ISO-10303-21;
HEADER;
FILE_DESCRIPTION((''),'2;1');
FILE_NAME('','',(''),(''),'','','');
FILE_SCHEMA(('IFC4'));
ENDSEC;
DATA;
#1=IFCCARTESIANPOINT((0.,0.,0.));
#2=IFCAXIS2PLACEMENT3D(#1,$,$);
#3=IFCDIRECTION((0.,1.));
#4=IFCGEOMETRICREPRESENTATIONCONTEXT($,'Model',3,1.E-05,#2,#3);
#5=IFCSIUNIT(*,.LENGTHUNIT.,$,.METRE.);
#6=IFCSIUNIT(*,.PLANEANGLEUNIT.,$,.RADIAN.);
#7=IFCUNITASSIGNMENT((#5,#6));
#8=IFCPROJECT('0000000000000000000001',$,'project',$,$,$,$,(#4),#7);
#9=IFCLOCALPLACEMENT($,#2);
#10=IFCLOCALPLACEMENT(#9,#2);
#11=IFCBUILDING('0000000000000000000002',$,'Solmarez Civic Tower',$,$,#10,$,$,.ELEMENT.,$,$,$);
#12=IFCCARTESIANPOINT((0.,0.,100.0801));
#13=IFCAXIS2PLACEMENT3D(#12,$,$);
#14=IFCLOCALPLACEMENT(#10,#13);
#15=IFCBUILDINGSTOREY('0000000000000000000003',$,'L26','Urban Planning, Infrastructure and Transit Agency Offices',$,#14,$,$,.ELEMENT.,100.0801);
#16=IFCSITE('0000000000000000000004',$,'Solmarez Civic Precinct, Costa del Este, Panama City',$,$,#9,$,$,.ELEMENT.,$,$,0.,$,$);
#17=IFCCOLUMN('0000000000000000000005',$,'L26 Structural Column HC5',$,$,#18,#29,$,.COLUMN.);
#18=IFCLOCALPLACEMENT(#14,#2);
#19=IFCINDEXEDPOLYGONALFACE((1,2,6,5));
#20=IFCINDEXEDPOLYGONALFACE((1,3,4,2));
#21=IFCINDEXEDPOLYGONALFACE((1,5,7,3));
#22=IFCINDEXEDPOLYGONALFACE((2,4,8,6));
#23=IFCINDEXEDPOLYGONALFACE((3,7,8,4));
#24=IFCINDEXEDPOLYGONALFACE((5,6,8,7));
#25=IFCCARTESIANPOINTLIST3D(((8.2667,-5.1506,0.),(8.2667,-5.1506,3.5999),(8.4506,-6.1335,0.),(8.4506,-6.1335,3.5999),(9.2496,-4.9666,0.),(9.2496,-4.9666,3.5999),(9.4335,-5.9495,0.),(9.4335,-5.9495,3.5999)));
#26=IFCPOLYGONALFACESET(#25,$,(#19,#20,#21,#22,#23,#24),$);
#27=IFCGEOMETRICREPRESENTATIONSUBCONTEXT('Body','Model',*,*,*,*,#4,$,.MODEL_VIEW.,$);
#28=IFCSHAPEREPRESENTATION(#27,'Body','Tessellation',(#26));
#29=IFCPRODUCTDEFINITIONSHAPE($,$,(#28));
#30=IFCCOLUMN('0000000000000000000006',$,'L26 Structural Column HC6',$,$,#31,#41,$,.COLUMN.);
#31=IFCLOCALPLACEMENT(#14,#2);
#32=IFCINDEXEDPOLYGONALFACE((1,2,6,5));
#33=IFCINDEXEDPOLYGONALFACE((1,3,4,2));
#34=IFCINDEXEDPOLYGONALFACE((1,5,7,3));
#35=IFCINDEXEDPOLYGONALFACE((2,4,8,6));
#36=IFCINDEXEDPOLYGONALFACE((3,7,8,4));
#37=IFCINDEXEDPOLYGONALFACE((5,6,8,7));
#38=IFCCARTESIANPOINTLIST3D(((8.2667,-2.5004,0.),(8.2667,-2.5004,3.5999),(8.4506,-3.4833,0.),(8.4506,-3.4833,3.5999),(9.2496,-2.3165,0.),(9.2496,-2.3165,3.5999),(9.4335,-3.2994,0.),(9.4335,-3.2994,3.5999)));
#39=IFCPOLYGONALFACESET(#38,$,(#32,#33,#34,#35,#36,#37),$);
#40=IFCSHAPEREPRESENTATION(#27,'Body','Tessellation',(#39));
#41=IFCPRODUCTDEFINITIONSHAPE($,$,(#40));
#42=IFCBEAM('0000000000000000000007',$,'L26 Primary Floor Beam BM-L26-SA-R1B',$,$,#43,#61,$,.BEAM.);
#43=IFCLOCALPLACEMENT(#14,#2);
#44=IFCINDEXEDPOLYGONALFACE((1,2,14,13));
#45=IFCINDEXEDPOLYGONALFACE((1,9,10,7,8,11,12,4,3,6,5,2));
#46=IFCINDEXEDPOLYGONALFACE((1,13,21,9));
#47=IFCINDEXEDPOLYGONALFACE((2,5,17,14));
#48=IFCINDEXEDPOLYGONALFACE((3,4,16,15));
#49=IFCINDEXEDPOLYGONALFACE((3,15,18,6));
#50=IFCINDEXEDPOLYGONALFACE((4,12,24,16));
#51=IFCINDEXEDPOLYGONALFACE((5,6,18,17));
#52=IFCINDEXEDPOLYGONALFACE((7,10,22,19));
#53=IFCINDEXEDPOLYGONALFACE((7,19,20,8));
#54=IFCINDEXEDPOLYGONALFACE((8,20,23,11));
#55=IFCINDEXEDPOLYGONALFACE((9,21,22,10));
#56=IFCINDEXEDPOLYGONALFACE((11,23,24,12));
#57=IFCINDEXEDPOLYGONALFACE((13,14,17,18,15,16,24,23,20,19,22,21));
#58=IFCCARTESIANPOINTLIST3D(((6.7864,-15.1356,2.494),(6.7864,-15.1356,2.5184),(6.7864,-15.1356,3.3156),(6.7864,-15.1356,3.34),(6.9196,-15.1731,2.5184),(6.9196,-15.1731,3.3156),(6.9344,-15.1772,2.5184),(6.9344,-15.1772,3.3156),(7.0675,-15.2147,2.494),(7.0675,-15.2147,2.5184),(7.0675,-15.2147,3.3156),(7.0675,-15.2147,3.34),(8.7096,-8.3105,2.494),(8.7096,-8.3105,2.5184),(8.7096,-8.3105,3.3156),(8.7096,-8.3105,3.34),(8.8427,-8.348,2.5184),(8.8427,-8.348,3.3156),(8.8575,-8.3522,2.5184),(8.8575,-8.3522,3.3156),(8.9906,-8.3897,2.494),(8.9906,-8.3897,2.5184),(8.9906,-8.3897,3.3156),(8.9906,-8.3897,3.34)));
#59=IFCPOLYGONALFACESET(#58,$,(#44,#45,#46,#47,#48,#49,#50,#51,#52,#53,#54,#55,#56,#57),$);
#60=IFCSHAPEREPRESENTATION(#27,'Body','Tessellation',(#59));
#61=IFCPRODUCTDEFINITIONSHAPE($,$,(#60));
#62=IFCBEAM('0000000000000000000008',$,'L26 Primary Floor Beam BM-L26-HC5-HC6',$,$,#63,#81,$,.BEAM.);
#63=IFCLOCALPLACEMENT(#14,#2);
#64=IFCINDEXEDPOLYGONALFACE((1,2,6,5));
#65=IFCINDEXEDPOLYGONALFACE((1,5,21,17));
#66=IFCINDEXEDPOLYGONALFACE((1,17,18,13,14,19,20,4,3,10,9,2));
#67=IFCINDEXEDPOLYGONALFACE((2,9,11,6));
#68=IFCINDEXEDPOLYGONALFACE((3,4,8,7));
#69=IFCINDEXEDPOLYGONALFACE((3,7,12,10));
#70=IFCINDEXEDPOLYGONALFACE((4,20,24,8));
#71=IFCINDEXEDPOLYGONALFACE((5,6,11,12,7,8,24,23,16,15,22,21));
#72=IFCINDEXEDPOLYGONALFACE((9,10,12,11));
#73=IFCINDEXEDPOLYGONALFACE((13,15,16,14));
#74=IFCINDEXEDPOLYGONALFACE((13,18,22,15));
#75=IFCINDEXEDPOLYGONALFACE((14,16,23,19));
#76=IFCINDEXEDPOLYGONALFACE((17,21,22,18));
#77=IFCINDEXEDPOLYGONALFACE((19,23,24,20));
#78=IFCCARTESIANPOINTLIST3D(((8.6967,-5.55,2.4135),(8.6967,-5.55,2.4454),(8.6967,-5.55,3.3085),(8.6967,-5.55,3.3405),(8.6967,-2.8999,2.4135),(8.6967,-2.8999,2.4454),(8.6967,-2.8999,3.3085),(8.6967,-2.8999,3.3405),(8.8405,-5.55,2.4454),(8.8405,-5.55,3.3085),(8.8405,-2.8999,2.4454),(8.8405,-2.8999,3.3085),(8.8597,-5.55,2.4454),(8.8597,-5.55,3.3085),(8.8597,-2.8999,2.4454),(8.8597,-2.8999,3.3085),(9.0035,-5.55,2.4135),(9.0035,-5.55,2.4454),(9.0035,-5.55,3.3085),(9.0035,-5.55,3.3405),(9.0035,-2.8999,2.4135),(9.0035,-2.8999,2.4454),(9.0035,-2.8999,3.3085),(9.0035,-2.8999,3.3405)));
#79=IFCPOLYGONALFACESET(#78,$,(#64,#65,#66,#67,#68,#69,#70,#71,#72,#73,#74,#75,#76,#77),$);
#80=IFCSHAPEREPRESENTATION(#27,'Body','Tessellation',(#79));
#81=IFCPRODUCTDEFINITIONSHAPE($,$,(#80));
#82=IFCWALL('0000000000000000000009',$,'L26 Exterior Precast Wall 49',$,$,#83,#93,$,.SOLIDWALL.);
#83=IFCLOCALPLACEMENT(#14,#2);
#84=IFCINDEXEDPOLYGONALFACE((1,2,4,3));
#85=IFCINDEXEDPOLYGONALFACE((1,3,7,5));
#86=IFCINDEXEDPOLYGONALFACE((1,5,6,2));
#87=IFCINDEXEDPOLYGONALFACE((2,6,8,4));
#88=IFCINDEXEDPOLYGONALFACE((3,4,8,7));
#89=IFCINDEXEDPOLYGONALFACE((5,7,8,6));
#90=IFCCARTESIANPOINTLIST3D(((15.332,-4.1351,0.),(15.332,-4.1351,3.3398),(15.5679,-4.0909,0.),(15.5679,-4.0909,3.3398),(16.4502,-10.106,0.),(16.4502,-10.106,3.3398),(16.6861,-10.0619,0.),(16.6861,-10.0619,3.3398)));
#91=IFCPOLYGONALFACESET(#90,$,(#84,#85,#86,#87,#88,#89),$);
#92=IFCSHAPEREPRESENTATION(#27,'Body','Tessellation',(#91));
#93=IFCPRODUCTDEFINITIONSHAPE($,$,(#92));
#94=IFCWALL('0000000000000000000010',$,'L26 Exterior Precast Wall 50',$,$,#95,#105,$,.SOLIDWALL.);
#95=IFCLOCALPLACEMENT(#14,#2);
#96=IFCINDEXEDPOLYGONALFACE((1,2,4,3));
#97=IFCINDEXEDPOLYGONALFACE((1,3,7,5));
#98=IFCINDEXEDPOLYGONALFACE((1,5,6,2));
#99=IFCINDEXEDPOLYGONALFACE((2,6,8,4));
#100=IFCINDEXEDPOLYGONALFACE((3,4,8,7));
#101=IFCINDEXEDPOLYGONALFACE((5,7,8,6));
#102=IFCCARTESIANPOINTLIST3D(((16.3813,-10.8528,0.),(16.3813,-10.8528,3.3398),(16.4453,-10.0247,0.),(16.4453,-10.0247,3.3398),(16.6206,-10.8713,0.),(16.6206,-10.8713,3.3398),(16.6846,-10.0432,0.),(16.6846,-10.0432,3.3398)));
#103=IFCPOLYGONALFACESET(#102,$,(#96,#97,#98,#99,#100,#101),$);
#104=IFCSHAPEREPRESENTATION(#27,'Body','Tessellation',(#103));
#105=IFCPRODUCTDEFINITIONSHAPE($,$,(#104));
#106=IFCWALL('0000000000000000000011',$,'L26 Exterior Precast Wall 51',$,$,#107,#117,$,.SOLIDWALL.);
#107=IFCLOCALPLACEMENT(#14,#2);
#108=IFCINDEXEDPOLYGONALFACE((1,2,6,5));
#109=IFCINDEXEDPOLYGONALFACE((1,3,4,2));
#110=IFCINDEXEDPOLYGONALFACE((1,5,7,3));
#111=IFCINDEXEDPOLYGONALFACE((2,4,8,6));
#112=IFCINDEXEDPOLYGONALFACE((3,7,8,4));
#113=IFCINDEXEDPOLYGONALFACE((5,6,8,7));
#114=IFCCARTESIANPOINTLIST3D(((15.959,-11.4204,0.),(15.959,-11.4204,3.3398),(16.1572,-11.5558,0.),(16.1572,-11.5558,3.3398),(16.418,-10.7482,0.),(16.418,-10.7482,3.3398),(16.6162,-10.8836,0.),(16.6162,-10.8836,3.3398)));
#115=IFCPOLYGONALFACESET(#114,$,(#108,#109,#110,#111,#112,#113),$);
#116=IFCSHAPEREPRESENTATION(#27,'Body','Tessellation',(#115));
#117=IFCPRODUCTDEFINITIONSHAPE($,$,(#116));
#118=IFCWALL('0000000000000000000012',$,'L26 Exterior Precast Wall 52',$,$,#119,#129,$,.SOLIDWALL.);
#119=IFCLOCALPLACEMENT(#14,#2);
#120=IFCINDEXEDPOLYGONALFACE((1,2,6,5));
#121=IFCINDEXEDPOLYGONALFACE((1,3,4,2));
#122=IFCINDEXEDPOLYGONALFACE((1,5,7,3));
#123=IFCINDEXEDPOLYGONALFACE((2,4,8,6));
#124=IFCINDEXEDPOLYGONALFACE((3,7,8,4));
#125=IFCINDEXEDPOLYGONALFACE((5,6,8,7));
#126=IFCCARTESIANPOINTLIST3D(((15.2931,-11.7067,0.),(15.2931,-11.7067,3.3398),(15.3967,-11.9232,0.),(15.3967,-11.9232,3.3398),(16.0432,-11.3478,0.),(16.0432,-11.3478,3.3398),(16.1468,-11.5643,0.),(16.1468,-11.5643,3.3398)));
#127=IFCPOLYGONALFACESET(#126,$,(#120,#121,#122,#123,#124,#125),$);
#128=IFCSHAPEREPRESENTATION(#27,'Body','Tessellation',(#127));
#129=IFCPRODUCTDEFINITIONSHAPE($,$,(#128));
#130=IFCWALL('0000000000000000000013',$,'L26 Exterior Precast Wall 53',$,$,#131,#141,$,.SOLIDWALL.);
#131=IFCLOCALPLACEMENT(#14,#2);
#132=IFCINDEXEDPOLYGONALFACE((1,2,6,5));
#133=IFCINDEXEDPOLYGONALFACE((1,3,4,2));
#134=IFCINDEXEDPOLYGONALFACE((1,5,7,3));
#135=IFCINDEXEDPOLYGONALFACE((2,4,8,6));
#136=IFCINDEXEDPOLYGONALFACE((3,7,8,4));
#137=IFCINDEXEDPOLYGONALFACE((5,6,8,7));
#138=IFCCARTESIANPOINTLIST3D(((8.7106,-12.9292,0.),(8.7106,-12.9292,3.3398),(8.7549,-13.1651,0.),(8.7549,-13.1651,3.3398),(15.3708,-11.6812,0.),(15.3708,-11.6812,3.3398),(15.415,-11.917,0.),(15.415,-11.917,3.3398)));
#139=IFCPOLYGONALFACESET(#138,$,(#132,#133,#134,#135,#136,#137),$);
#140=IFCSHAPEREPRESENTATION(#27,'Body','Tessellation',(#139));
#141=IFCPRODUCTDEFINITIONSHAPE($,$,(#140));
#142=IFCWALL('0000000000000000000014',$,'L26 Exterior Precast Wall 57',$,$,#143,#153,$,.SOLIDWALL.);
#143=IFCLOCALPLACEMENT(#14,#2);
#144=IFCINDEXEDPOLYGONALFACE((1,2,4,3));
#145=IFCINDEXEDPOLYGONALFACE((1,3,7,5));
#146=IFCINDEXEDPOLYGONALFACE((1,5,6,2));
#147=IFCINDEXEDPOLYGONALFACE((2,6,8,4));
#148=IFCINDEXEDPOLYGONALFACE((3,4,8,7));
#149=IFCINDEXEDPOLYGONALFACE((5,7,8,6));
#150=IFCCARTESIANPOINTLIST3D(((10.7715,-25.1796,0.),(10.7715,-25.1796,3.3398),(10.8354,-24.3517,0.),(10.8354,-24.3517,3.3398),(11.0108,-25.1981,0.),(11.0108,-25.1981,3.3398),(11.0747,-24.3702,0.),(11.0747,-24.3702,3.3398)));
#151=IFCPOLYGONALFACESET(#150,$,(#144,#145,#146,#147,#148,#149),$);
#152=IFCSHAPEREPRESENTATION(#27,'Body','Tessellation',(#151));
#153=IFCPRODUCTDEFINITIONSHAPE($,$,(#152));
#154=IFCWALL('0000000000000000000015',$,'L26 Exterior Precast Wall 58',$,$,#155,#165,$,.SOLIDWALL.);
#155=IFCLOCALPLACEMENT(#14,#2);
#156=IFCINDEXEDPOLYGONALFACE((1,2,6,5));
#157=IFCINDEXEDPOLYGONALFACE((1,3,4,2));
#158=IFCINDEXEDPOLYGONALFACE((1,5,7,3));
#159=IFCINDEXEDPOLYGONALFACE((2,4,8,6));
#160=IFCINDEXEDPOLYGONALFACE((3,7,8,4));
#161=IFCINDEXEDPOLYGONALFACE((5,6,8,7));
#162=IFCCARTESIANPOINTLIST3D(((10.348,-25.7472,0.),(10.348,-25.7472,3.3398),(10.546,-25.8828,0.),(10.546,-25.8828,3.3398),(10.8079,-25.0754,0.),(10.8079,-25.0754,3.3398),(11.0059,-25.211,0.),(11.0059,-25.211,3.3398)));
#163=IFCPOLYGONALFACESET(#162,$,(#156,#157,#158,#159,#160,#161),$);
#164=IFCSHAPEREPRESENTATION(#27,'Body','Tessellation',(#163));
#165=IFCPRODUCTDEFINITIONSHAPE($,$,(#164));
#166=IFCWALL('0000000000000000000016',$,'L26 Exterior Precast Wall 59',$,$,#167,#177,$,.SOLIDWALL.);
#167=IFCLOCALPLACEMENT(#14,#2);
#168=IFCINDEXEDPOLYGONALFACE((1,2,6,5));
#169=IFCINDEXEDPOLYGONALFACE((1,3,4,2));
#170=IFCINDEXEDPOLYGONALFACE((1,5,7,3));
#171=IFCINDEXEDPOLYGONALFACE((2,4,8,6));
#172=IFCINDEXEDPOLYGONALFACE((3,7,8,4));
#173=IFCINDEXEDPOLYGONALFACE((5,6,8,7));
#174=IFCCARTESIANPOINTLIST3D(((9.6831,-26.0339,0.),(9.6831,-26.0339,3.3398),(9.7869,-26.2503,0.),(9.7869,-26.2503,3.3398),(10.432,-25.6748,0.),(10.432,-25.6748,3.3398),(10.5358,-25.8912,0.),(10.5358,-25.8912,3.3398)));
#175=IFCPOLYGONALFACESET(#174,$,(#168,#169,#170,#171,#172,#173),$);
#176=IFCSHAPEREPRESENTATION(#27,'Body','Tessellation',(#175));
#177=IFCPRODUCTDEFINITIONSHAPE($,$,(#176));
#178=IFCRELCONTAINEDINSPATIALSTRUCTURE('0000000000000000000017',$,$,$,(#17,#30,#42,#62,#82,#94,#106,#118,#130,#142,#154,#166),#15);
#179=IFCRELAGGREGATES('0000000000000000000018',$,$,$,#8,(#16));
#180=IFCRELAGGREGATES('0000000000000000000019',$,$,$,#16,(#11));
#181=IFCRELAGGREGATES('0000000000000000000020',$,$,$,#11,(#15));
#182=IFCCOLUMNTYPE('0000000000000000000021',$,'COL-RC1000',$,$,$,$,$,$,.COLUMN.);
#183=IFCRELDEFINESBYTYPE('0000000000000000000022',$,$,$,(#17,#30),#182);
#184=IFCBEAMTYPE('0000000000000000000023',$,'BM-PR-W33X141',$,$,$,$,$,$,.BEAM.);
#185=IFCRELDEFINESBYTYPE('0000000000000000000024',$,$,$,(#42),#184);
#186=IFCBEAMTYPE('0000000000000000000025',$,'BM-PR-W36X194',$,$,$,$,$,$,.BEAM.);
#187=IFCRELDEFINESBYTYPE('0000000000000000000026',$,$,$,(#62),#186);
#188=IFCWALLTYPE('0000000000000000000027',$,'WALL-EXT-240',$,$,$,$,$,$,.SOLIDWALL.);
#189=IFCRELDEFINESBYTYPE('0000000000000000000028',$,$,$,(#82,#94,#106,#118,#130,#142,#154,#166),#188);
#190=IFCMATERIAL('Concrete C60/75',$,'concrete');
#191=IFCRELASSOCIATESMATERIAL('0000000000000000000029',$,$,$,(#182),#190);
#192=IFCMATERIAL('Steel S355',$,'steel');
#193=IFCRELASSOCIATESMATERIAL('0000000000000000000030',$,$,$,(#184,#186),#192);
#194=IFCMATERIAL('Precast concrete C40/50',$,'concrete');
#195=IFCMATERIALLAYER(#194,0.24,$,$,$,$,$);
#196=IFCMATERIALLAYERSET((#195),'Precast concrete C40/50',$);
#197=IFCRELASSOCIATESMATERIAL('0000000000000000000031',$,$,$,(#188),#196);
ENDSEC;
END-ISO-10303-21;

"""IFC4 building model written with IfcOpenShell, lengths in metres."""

from ifc_helpers import new_model, si_unit, direction, frame, frame_2d, origin, origin_2d, place, context, subcontext, project, spatial, rectangle, i_section, extrude, material, layer, layer_set, material_profile, profile_set, type_object, element, save


model = new_model("IFC4")

# Units and contexts
model_context = context("Model", 3, precision=1e-05, world=origin(), true_north=direction((0.0, 1.0)))
body_context = subcontext(model_context, "Body", "Model", "MODEL_VIEW")
ifc_project = project(units=[si_unit("LENGTHUNIT", "METRE"), si_unit("PLANEANGLEUNIT", "RADIAN")], contexts=[model_context])

# Site, building, storey
site_placement = place(None, origin())
site = spatial("IfcSite", under=ifc_project, at=site_placement, Name="Solmarez Civic Precinct, Costa del Este, Panama City", CompositionType="ELEMENT", RefElevation=0.0)
building_placement = place(site_placement, origin())
building = spatial("IfcBuilding", under=site, at=building_placement, Name="Solmarez Civic Tower", CompositionType="ELEMENT")
storey_placement = place(building_placement, frame((0.0, 0.0, 100.0801)))
storey = spatial("IfcBuildingStorey", under=building, at=storey_placement, Name="L26", Description="Urban Planning, Infrastructure and Transit Agency Offices", CompositionType="ELEMENT", Elevation=100.0801)

# Columns
ifc_material_1 = material(Name="Concrete C60/75", Category="concrete")
ifc_material_profile_1 = material_profile(ifc_material_1, rectangle(XDim=1.0, YDim=1.0, at=origin_2d()), Name="RC1000X1000")
ifc_profile_set_1 = profile_set([ifc_material_profile_1], Name="Concrete C60/75")
column_type = type_object("IfcColumnType", Name="COL-RC1000", PredefinedType="COLUMN", material=ifc_profile_set_1)
for number, where, z_axis, x_axis, name in (
    (1, (8.8501, -5.55, 0.0), (0.0, 0.0, 1.0), (0.982935, 0.183951, 0.0), "L26 Structural Column HC5"),
    (2, (8.8501, -2.8999, 0.0), (0.0, 0.0, 1.0), (0.982935, 0.183951, 0.0), "L26 Structural Column HC6"),
):
    element("IfcColumn", number, at=place(storey_placement, frame(where, z_axis=z_axis, x_axis=x_axis)), inside=storey, type_object=column_type, Name=name, PredefinedType="COLUMN", context=body_context, shape_type="SweptSolid", body=[
        extrude(rectangle(XDim=1.0, YDim=1.0, at=origin_2d()), origin(), (0.0, 0.0, 1.0), 3.5999),
    ])

# Beams
ifc_material_2 = material(Name="Steel S355", Category="steel")
ifc_material_profile_2 = material_profile(ifc_material_2, i_section(OverallWidth=0.292, OverallDepth=0.8459, WebThickness=0.0154, FlangeThickness=0.0244, at=origin_2d()), Name="W33X141")
ifc_profile_set_2 = profile_set([ifc_material_profile_2], Name="Steel S355")
beam_type_1 = type_object("IfcBeamType", Name="BM-PR-W33X141", PredefinedType="BEAM", material=ifc_profile_set_2)
beam_1_placement = place(storey_placement, frame((8.8501, -8.3501, 2.917), z_axis=(-0.271213, -0.962519, 0.0), x_axis=(0.962519, -0.271213, 0.0)))
element("IfcBeam", 3, at=beam_1_placement, inside=storey, type_object=beam_type_1, Name="L26 Primary Floor Beam BM-L26-SA-R1B", PredefinedType="BEAM", context=body_context, shape_type="SweptSolid", body=[
    extrude(i_section(OverallWidth=0.292, OverallDepth=0.8459, WebThickness=0.0154, FlangeThickness=0.0244, at=origin_2d()), origin(), (0.0, 0.0, 1.0), 7.0908),
])
ifc_material_profile_3 = material_profile(ifc_material_2, i_section(OverallWidth=0.3069, OverallDepth=0.927, WebThickness=0.0193, FlangeThickness=0.032, at=origin_2d()), Name="W36X194")
ifc_profile_set_3 = profile_set([ifc_material_profile_3], Name="Steel S355")
beam_type_2 = type_object("IfcBeamType", Name="BM-PR-W36X194", PredefinedType="BEAM", material=ifc_profile_set_3)
beam_2_placement = place(storey_placement, frame((8.8501, -5.55, 2.877), z_axis=(0.0, 1.0, 0.0), x_axis=(-1.0, 0.0, 0.0)))
element("IfcBeam", 4, at=beam_2_placement, inside=storey, type_object=beam_type_2, Name="L26 Primary Floor Beam BM-L26-HC5-HC6", PredefinedType="BEAM", context=body_context, shape_type="SweptSolid", body=[
    extrude(i_section(OverallWidth=0.3069, OverallDepth=0.927, WebThickness=0.0193, FlangeThickness=0.032, at=origin_2d()), origin(), (0.0, 0.0, 1.0), 2.6501),
])

# Walls
ifc_material_3 = material(Name="Precast concrete C40/50", Category="concrete")
ifc_layer_1 = layer(ifc_material_3, 0.24)
ifc_layer_set_1 = layer_set([ifc_layer_1], Name="Precast concrete C40/50")
wall_type_1 = type_object("IfcWallType", Name="WALL-EXT-240", PredefinedType="SOLIDWALL", material=ifc_layer_set_1)
wall_1_placement = place(storey_placement, frame((15.45, -4.113, 0.0), z_axis=(0.0, 0.0, 1.0), x_axis=(0.184068, -0.982914, 0.0)))
element("IfcWall", 5, at=wall_1_placement, inside=storey, type_object=wall_type_1, Name="L26 Exterior Precast Wall 49", PredefinedType="SOLIDWALL", context=body_context, shape_type="SweptSolid", body=[
    extrude(rectangle(XDim=6.0747, YDim=0.24, at=frame_2d((3.0374, 0.0))), origin(), (0.0, 0.0, 1.0), 3.3398),
])
wall_2_placement = place(storey_placement, frame((16.5649, -10.0339, 0.0), z_axis=(0.0, 0.0, 1.0), x_axis=(-0.077011, -0.99703, 0.0)))
element("IfcWall", 6, at=wall_2_placement, inside=storey, type_object=wall_type_1, Name="L26 Exterior Precast Wall 50", PredefinedType="SOLIDWALL", context=body_context, shape_type="SweptSolid", body=[
    extrude(rectangle(XDim=0.8306, YDim=0.24, at=frame_2d((0.4153, 0.0))), origin(), (0.0, 0.0, 1.0), 3.3398),
])
wall_3_placement = place(storey_placement, frame((16.5171, -10.8159, 0.0), z_axis=(0.0, 0.0, 1.0), x_axis=(-0.563942, -0.825815, 0.0)))
element("IfcWall", 7, at=wall_3_placement, inside=storey, type_object=wall_type_1, Name="L26 Exterior Precast Wall 51", PredefinedType="SOLIDWALL", context=body_context, shape_type="SweptSolid", body=[
    extrude(rectangle(XDim=0.814, YDim=0.24, at=frame_2d((0.407, 0.0))), origin(), (0.0, 0.0, 1.0), 3.3398),
])
wall_4_placement = place(storey_placement, frame((16.095, -11.4561, 0.0), z_axis=(0.0, 0.0, 1.0), x_axis=(-0.902045, -0.431643, 0.0)))
element("IfcWall", 8, at=wall_4_placement, inside=storey, type_object=wall_type_1, Name="L26 Exterior Precast Wall 52", PredefinedType="SOLIDWALL", context=body_context, shape_type="SweptSolid", body=[
    extrude(rectangle(XDim=0.8315, YDim=0.24, at=frame_2d((0.4158, 0.0))), origin(), (0.0, 0.0, 1.0), 3.3398),
])
wall_5_placement = place(storey_placement, frame((15.3931, -11.7991, 0.0), z_axis=(0.0, 0.0, 1.0), x_axis=(-0.982892, -0.184184, 0.0)))
element("IfcWall", 9, at=wall_5_placement, inside=storey, type_object=wall_type_1, Name="L26 Exterior Precast Wall 53", PredefinedType="SOLIDWALL", context=body_context, shape_type="SweptSolid", body=[
    extrude(rectangle(XDim=6.7761, YDim=0.24, at=frame_2d((3.3882, 0.0))), origin(), (0.0, 0.0, 1.0), 3.3398),
])
wall_6_placement = place(storey_placement, frame((10.9551, -24.3611, 0.0), z_axis=(0.0, 0.0, 1.0), x_axis=(-0.077034, -0.997028, 0.0)))
element("IfcWall", 10, at=wall_6_placement, inside=storey, type_object=wall_type_1, Name="L26 Exterior Precast Wall 57", PredefinedType="SOLIDWALL", context=body_context, shape_type="SweptSolid", body=[
    extrude(rectangle(XDim=0.8303, YDim=0.24, at=frame_2d((0.415, 0.0))), origin(), (0.0, 0.0, 1.0), 3.3398),
])
wall_7_placement = place(storey_placement, frame((10.907, -25.1431, 0.0), z_axis=(0.0, 0.0, 1.0), x_axis=(-0.564899, -0.82516, 0.0)))
element("IfcWall", 11, at=wall_7_placement, inside=storey, type_object=wall_type_1, Name="L26 Exterior Precast Wall 58", PredefinedType="SOLIDWALL", context=body_context, shape_type="SweptSolid", body=[
    extrude(rectangle(XDim=0.8142, YDim=0.24, at=frame_2d((0.4072, 0.0))), origin(), (0.0, 0.0, 1.0), 3.3398),
])
wall_8_placement = place(storey_placement, frame((10.4839, -25.783, 0.0), z_axis=(0.0, 0.0, 1.0), x_axis=(-0.901656, -0.432454, 0.0)))
element("IfcWall", 12, at=wall_8_placement, inside=storey, type_object=wall_type_1, Name="L26 Exterior Precast Wall 59", PredefinedType="SOLIDWALL", context=body_context, shape_type="SweptSolid", body=[
    extrude(rectangle(XDim=0.8306, YDim=0.24, at=frame_2d((0.4153, 0.0))), origin(), (0.0, 0.0, 1.0), 3.3398),
])

save(model, "model.ifc")
